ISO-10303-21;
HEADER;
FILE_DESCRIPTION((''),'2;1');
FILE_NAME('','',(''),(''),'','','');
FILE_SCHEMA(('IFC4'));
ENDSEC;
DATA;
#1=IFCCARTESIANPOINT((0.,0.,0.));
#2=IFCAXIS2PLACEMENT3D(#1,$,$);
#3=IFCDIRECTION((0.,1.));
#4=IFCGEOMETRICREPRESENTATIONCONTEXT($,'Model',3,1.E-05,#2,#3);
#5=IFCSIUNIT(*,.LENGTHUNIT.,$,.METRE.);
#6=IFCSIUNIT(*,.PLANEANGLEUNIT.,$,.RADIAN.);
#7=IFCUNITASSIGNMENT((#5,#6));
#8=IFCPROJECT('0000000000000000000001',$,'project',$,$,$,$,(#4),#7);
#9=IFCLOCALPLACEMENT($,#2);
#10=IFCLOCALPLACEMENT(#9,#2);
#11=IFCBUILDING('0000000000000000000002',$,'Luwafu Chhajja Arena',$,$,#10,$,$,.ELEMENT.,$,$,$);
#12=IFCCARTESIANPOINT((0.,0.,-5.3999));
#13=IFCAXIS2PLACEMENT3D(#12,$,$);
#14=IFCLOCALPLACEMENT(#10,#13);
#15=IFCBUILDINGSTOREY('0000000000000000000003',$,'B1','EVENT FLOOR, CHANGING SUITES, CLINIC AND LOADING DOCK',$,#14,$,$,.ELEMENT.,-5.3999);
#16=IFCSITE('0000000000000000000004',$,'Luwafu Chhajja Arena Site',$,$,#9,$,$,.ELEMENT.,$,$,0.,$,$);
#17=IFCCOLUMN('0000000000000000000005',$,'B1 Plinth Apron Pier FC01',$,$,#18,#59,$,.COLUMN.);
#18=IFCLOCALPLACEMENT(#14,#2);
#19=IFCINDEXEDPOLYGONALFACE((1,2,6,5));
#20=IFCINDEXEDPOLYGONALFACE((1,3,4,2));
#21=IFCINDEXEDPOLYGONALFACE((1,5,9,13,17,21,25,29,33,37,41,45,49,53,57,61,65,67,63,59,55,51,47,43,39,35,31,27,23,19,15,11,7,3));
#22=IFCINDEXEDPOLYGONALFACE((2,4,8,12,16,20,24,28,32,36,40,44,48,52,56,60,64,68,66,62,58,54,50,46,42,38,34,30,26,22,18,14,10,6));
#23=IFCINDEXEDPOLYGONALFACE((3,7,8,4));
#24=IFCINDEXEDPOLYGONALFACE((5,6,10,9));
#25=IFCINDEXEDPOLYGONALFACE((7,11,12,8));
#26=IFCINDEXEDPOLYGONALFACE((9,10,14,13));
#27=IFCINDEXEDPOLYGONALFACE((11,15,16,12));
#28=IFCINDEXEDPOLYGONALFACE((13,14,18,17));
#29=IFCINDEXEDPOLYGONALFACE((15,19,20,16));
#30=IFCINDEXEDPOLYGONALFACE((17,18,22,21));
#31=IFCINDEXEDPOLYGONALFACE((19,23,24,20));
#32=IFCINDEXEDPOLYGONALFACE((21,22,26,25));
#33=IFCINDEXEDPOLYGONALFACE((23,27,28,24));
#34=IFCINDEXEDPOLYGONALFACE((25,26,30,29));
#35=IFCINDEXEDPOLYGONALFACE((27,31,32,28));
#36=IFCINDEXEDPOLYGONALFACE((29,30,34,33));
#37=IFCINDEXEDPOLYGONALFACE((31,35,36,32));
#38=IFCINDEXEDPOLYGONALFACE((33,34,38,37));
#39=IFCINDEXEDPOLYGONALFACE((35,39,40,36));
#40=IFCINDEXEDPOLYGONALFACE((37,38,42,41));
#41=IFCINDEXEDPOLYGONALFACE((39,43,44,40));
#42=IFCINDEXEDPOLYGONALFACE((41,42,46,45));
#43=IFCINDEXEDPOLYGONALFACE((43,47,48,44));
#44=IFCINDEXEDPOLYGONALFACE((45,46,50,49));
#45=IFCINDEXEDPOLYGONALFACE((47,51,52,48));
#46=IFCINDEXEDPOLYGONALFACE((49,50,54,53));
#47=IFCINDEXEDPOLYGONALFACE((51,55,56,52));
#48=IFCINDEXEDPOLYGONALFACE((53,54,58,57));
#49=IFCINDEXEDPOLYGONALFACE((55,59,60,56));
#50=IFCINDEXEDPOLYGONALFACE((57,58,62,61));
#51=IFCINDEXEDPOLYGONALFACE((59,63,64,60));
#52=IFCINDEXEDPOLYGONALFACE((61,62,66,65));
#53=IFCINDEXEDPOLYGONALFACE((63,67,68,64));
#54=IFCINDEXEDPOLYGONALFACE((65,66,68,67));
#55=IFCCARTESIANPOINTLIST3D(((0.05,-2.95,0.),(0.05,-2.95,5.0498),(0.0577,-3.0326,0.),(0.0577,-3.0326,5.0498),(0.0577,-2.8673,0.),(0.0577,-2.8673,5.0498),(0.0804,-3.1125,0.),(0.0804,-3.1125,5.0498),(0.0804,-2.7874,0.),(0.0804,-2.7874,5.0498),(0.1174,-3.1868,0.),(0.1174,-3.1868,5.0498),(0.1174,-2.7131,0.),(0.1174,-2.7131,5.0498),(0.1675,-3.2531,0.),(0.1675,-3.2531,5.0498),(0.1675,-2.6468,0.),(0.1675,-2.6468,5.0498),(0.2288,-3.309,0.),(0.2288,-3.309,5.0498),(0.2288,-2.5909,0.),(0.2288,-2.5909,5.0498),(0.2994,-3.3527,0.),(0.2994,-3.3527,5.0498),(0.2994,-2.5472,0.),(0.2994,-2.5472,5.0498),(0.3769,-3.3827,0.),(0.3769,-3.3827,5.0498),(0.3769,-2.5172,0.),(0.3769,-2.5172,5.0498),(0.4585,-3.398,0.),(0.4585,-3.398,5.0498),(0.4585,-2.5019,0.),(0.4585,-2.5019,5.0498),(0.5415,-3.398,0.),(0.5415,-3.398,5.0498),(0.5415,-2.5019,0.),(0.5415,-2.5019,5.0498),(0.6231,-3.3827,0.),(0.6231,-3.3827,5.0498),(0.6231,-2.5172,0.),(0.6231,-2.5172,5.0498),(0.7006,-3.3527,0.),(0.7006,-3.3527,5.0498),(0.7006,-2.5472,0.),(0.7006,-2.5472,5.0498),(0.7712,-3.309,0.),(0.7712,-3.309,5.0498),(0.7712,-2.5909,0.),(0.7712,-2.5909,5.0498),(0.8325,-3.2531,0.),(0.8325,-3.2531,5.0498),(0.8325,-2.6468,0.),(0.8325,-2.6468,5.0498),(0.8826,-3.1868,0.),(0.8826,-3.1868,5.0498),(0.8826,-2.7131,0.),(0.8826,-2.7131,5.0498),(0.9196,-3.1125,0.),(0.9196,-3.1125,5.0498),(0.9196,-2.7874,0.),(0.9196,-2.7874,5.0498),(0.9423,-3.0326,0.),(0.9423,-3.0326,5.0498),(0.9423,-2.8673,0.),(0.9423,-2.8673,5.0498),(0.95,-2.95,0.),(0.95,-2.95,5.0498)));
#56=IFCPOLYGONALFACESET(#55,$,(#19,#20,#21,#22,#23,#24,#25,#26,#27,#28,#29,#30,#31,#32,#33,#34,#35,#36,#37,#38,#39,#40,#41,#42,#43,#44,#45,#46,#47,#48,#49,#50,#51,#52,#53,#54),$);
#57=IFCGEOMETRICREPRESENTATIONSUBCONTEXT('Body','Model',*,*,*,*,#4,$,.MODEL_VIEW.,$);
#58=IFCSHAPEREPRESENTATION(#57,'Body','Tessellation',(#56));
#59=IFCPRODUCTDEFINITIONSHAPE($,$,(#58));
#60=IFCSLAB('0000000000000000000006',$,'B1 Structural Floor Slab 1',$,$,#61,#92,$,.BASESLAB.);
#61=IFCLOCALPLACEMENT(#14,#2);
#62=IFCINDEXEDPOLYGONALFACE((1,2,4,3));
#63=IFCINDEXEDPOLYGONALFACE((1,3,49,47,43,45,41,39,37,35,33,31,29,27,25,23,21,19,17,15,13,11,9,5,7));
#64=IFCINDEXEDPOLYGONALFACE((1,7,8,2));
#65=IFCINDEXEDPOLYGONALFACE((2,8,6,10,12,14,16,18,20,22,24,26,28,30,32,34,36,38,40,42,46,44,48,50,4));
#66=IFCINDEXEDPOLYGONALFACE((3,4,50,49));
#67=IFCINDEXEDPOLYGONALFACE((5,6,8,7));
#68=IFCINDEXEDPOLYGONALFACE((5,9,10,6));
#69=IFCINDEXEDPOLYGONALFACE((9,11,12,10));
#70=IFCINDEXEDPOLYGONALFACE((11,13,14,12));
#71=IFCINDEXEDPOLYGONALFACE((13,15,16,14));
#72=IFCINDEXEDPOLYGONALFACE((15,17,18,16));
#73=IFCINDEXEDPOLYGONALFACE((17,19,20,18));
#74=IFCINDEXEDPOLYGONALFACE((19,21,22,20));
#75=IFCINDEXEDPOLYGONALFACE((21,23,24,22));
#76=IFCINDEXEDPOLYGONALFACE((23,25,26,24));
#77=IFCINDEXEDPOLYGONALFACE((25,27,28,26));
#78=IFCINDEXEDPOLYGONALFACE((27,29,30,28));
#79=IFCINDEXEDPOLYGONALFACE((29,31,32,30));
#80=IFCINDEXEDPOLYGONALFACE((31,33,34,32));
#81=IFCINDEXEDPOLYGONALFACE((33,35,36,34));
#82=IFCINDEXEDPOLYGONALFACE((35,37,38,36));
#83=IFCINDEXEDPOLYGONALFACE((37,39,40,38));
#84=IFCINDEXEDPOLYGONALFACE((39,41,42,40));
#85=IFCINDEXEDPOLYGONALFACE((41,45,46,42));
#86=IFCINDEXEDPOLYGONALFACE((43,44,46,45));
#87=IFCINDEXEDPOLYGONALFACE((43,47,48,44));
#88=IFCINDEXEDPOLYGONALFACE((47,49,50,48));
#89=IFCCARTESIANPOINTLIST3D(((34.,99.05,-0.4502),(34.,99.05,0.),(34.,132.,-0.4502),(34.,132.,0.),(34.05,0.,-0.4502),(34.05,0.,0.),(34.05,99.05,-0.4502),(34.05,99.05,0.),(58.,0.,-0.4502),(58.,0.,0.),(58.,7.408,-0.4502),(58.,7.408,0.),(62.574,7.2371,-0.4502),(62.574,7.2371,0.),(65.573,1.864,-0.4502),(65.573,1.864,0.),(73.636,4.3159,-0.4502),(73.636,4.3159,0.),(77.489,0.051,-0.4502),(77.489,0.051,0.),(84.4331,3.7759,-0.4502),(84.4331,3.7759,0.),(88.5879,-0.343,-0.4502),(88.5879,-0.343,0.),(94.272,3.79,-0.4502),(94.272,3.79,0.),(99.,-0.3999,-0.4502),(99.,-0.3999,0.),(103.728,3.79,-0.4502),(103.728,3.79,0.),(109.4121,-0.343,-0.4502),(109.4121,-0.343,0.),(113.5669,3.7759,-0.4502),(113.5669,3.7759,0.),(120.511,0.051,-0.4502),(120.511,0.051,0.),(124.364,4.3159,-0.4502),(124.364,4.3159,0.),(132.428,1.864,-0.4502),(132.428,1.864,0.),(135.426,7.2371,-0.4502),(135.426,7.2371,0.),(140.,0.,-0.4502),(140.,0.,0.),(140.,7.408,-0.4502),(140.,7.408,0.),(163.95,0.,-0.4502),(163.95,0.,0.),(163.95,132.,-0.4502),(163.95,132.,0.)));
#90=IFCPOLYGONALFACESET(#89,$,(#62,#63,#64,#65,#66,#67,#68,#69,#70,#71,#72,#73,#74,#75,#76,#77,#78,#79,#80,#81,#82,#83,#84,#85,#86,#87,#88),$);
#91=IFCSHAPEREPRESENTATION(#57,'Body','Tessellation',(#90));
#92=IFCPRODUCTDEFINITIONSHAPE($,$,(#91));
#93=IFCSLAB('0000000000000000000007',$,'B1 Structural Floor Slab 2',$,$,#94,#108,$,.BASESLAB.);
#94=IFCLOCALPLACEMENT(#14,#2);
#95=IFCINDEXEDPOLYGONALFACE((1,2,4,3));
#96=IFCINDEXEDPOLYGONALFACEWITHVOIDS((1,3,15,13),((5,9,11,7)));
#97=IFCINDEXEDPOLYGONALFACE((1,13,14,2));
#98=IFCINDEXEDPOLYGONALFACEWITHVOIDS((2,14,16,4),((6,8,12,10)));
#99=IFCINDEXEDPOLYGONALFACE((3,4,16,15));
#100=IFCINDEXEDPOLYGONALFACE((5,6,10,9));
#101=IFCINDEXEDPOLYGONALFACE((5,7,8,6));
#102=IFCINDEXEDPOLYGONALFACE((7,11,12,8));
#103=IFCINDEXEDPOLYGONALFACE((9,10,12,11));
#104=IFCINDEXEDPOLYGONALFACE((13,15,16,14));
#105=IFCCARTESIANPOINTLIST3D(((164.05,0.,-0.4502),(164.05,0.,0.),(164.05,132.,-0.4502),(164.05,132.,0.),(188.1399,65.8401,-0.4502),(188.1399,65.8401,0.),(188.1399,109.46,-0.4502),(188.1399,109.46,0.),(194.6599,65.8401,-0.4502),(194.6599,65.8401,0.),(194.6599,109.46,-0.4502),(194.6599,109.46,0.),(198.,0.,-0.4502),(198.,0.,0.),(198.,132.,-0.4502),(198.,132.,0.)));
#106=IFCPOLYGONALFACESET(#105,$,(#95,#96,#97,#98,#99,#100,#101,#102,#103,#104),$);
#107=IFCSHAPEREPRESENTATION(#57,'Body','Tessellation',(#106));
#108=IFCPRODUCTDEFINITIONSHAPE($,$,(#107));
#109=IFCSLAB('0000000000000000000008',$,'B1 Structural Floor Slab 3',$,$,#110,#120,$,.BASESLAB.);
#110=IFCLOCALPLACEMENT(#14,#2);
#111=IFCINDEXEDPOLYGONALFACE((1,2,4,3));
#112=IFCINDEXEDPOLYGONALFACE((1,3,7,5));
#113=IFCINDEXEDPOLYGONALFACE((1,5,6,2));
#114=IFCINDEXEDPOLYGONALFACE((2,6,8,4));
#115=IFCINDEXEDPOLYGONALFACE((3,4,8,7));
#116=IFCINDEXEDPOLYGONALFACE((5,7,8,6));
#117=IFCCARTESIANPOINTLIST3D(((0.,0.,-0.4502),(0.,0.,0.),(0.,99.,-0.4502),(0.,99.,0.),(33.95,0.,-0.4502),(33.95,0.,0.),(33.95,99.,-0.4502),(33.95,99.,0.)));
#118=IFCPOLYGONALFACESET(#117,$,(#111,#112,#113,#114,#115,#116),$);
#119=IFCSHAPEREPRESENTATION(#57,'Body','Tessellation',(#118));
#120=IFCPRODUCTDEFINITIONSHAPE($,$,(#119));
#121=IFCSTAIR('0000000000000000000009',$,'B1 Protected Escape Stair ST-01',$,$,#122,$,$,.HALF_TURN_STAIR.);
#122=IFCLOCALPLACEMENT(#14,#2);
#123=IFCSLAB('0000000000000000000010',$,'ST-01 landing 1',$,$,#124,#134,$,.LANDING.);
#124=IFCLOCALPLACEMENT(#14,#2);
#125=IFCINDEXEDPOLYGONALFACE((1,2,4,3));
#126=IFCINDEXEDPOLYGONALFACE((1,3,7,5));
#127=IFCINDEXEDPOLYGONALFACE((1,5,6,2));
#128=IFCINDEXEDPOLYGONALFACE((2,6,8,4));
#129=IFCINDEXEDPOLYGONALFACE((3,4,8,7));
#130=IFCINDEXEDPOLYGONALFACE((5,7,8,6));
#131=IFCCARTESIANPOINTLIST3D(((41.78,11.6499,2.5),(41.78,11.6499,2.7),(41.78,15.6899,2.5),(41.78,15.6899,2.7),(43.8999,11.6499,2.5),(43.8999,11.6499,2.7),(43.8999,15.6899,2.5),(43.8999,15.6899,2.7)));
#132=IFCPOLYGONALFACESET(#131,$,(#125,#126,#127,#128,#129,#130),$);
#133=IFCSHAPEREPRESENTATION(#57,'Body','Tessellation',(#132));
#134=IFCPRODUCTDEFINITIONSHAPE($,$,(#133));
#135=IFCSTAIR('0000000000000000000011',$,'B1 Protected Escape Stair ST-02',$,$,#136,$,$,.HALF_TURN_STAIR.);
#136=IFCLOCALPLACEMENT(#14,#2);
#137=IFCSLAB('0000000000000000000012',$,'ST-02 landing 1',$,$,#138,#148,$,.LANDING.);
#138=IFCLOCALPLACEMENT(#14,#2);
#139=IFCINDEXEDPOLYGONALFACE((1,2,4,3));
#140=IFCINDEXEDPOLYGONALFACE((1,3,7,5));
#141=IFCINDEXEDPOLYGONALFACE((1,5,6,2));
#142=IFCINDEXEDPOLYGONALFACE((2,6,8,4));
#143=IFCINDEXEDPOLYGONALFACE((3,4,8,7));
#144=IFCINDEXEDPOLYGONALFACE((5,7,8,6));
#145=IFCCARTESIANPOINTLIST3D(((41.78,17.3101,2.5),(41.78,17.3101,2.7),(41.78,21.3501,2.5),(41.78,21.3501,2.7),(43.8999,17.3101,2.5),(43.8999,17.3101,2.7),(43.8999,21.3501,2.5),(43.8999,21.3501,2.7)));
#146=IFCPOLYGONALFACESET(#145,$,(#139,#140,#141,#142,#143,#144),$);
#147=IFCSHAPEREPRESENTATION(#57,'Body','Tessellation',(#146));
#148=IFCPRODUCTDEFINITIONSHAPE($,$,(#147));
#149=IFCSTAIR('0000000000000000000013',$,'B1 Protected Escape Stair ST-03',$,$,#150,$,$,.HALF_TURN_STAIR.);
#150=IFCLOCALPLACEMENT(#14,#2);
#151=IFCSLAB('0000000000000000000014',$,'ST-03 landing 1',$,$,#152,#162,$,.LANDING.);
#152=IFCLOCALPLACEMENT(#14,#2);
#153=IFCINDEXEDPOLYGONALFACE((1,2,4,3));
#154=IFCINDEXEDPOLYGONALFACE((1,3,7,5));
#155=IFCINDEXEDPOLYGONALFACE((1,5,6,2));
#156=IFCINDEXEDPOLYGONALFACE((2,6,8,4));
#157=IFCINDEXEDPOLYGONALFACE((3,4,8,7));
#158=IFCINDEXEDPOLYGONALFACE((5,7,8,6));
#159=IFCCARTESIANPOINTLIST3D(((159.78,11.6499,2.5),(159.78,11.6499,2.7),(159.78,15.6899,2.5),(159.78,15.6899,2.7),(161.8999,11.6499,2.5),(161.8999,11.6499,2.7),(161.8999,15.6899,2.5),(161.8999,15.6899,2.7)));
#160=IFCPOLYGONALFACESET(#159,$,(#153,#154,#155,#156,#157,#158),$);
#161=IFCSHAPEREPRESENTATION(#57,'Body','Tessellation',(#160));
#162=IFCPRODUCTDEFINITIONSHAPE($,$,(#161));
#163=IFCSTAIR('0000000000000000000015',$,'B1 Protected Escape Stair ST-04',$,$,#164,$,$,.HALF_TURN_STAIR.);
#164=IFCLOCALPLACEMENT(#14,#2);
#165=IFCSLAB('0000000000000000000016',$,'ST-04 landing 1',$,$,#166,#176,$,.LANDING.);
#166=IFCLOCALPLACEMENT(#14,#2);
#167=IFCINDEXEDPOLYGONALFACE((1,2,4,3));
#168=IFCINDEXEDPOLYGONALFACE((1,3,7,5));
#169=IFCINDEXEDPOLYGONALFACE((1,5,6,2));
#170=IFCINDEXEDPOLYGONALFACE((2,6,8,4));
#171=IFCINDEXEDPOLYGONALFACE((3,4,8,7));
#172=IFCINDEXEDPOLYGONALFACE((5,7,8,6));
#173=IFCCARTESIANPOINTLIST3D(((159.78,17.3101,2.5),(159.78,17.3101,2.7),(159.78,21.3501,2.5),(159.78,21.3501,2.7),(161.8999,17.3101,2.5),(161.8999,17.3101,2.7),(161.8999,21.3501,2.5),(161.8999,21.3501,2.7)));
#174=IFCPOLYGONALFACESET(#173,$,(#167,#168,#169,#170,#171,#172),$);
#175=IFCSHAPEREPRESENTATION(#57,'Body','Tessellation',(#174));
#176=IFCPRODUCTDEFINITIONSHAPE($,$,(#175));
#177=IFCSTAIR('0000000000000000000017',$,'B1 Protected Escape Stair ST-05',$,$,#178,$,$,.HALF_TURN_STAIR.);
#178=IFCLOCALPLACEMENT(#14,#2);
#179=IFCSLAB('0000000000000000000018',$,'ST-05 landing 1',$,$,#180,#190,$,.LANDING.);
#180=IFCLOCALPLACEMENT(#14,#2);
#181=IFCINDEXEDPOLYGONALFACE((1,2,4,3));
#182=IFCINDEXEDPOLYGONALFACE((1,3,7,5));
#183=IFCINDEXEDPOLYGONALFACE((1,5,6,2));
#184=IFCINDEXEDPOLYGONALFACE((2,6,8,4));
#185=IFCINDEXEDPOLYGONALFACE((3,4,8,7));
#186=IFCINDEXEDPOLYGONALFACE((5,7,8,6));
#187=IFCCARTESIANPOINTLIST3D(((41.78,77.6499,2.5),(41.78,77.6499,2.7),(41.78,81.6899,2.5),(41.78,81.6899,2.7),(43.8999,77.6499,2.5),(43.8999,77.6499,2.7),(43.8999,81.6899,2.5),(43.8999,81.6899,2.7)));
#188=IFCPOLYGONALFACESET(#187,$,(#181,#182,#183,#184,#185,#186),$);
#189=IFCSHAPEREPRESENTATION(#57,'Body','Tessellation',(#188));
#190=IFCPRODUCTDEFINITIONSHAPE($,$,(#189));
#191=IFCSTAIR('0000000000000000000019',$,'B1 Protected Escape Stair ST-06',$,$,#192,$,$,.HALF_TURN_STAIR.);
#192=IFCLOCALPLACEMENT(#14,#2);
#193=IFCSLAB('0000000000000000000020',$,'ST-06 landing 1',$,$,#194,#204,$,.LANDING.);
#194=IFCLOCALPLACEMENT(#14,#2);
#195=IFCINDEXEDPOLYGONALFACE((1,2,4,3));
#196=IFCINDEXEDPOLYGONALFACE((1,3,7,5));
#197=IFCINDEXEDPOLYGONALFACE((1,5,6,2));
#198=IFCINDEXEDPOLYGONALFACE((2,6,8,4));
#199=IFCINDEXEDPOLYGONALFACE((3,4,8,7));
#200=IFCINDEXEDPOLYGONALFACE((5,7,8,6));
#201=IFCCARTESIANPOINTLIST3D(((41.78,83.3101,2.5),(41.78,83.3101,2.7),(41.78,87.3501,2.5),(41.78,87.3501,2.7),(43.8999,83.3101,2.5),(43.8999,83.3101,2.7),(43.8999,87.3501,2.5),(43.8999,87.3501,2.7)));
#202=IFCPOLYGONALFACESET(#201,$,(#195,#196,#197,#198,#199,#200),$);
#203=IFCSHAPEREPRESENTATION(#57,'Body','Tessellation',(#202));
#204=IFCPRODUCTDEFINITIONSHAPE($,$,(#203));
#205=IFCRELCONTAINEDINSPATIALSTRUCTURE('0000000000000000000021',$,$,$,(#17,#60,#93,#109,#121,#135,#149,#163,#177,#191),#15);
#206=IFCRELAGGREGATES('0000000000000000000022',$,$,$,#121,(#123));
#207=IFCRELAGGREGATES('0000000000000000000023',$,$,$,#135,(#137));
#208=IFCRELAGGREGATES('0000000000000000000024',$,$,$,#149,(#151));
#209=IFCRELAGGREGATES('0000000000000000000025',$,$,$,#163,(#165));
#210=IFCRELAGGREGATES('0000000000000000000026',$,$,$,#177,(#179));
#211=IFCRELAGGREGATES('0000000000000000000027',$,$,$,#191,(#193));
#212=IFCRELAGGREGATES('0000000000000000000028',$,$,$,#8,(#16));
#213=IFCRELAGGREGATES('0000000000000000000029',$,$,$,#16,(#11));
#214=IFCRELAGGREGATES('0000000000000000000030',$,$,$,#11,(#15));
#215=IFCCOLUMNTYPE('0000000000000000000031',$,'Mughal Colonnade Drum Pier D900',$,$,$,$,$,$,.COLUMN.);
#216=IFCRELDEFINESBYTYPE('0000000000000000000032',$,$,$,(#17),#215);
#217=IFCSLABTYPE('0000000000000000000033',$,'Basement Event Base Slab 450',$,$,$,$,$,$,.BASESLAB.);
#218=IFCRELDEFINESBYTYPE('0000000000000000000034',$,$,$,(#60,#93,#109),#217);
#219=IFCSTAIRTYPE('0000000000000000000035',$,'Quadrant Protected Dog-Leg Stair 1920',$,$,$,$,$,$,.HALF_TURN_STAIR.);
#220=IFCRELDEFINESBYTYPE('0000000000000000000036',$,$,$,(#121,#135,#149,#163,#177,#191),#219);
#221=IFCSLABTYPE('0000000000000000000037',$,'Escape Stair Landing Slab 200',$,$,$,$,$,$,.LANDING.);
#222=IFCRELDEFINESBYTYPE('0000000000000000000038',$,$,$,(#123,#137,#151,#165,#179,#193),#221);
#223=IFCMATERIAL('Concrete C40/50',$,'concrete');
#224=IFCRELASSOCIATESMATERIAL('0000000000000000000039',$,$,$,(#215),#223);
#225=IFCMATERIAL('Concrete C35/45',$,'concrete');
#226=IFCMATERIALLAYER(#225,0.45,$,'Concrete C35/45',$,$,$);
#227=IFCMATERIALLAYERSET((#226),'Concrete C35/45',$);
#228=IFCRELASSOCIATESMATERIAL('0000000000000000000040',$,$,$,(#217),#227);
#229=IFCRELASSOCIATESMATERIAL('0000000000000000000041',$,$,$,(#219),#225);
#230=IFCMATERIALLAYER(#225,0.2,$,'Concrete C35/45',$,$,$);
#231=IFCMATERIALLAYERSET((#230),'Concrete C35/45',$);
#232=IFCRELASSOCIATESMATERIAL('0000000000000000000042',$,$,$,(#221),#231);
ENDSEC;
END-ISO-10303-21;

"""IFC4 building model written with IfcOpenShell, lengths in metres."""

from ifc_helpers import new_model, si_unit, direction, frame, origin, origin_2d, place, context, subcontext, project, spatial, polyline, circle, outline, extrude, material, layer, layer_set, material_profile, profile_set, type_object, element, aggregate, save


model = new_model("IFC4")

# Units and contexts
model_context = context("Model", 3, precision=1e-05, world=origin(), true_north=direction((0.0, 1.0)))
body_context = subcontext(model_context, "Body", "Model", "MODEL_VIEW")
ifc_project = project(units=[si_unit("LENGTHUNIT", "METRE"), si_unit("PLANEANGLEUNIT", "RADIAN")], contexts=[model_context])

# Site, building, storey
site_placement = place(None, origin())
site = spatial("IfcSite", under=ifc_project, at=site_placement, Name="Luwafu Chhajja Arena Site", CompositionType="ELEMENT", RefElevation=0.0)
building_placement = place(site_placement, origin())
building = spatial("IfcBuilding", under=site, at=building_placement, Name="Luwafu Chhajja Arena", CompositionType="ELEMENT")
storey_placement = place(building_placement, frame((0.0, 0.0, -5.3999)))
storey = spatial("IfcBuildingStorey", under=building, at=storey_placement, Name="B1", Description="EVENT FLOOR, CHANGING SUITES, CLINIC AND LOADING DOCK", CompositionType="ELEMENT", Elevation=-5.3999)

# Shared definitions
ifc_material_1 = material(Name="Concrete C35/45", Category="concrete")

# Column
ifc_material_2 = material(Name="Concrete C40/50", Category="concrete")
ifc_material_profile_1 = material_profile(ifc_material_2, circle(Radius=0.45, at=origin_2d()), Name="RC COL D900")
ifc_profile_set_1 = profile_set([ifc_material_profile_1], Name="Concrete C40/50")
column_type = type_object("IfcColumnType", Name="Mughal Colonnade Drum Pier D900", PredefinedType="COLUMN", material=ifc_profile_set_1)
column_1_placement = place(storey_placement, frame((0.5, -2.95, 0.0), z_axis=(0.0, 0.0, 1.0), x_axis=(1.0, 0.0, 0.0)))
element("IfcColumn", 1, at=column_1_placement, inside=storey, type_object=column_type, Name="B1 Plinth Apron Pier FC01", PredefinedType="COLUMN", context=body_context, shape_type="SweptSolid", body=[
    extrude(circle(Radius=0.45, at=origin_2d()), origin(), (0.0, 0.0, 1.0), 5.0498),
])

# Slabs
ifc_layer_1 = layer(ifc_material_1, 0.45, Name="Concrete C35/45")
ifc_layer_set_1 = layer_set([ifc_layer_1], Name="Concrete C35/45")
slab_type_1 = type_object("IfcSlabType", Name="Basement Event Base Slab 450", PredefinedType="BASESLAB", material=ifc_layer_set_1)
slab_1_placement = place(storey_placement, frame((0.0, 0.0, -0.4502)))
element("IfcSlab", 2, at=slab_1_placement, inside=storey, type_object=slab_type_1, Name="B1 Structural Floor Slab 1", PredefinedType="BASESLAB", context=body_context, shape_type="SweptSolid", body=[
    extrude(outline(polyline([(120.511, 0.051), (113.5669, 3.7759), (109.4121, -0.343), (103.728, 3.79), (99.0, -0.3999), (94.272, 3.79), (88.5879, -0.343), (84.4331, 3.7759), (77.489, 0.051), (73.636, 4.3159), (65.573, 1.864), (62.574, 7.2371), (58.0, 7.408), (58.0, 0.0), (34.05, 0.0), (34.05, 99.05), (34.0, 99.05), (34.0, 132.0), (163.95, 132.0), (163.95, 0.0), (140.0, 0.0), (140.0, 7.408), (135.426, 7.2371), (132.428, 1.864), (124.364, 4.3159), (120.511, 0.051)])), origin(), (0.0, 0.0, 1.0), 0.4502),
])
slab_2_placement = place(storey_placement, frame((0.0, 0.0, -0.4502)))
element("IfcSlab", 3, at=slab_2_placement, inside=storey, type_object=slab_type_1, Name="B1 Structural Floor Slab 2", PredefinedType="BASESLAB", context=body_context, shape_type="SweptSolid", body=[
    extrude(outline(polyline([(198.0, 0.0), (164.05, 0.0), (164.05, 132.0), (198.0, 132.0), (198.0, 0.0)]), holes=[polyline([(194.6599, 109.46), (188.1399, 109.46), (188.1399, 65.8401), (194.6599, 65.8401), (194.6599, 109.46)])]), origin(), (0.0, 0.0, 1.0), 0.4502),
])
slab_3_placement = place(storey_placement, frame((0.0, 0.0, -0.4502)))
element("IfcSlab", 4, at=slab_3_placement, inside=storey, type_object=slab_type_1, Name="B1 Structural Floor Slab 3", PredefinedType="BASESLAB", context=body_context, shape_type="SweptSolid", body=[
    extrude(outline(polyline([(0.0, 99.0), (33.95, 99.0), (33.95, 0.0), (0.0, 0.0), (0.0, 99.0)])), origin(), (0.0, 0.0, 1.0), 0.4502),
])

# Stairs, slabs
stair_type_1 = type_object("IfcStairType", Name="Quadrant Protected Dog-Leg Stair 1920", PredefinedType="HALF_TURN_STAIR", material=ifc_material_1)
stair_1_placement = place(storey_placement, origin())
stair_1 = element("IfcStair", 5, at=stair_1_placement, inside=storey, type_object=stair_type_1, Name="B1 Protected Escape Stair ST-01", PredefinedType="HALF_TURN_STAIR")
ifc_layer_2 = layer(ifc_material_1, 0.2, Name="Concrete C35/45")
ifc_layer_set_2 = layer_set([ifc_layer_2], Name="Concrete C35/45")
slab_type_2 = type_object("IfcSlabType", Name="Escape Stair Landing Slab 200", PredefinedType="LANDING", material=ifc_layer_set_2)
slab_4_placement = place(storey_placement, frame((0.0, 0.0, 2.5)))
slab_4 = element("IfcSlab", 6, at=slab_4_placement, type_object=slab_type_2, Name="ST-01 landing 1", PredefinedType="LANDING", context=body_context, shape_type="SweptSolid", body=[
    extrude(outline(polyline([(41.78, 11.6499), (43.8999, 11.6499), (43.8999, 15.6899), (41.78, 15.6899), (41.78, 11.6499)])), origin(), (0.0, 0.0, 1.0), 0.2),
])
aggregate(stair_1, [slab_4])
stair_2_placement = place(storey_placement, origin())
stair_2 = element("IfcStair", 7, at=stair_2_placement, inside=storey, type_object=stair_type_1, Name="B1 Protected Escape Stair ST-02", PredefinedType="HALF_TURN_STAIR")
slab_5_placement = place(storey_placement, frame((0.0, 0.0, 2.5)))
slab_5 = element("IfcSlab", 8, at=slab_5_placement, type_object=slab_type_2, Name="ST-02 landing 1", PredefinedType="LANDING", context=body_context, shape_type="SweptSolid", body=[
    extrude(outline(polyline([(41.78, 17.3101), (43.8999, 17.3101), (43.8999, 21.3501), (41.78, 21.3501), (41.78, 17.3101)])), origin(), (0.0, 0.0, 1.0), 0.2),
])
aggregate(stair_2, [slab_5])
stair_3_placement = place(storey_placement, origin())
stair_3 = element("IfcStair", 9, at=stair_3_placement, inside=storey, type_object=stair_type_1, Name="B1 Protected Escape Stair ST-03", PredefinedType="HALF_TURN_STAIR")
slab_6_placement = place(storey_placement, frame((0.0, 0.0, 2.5)))
slab_6 = element("IfcSlab", 10, at=slab_6_placement, type_object=slab_type_2, Name="ST-03 landing 1", PredefinedType="LANDING", context=body_context, shape_type="SweptSolid", body=[
    extrude(outline(polyline([(159.78, 11.6499), (161.8999, 11.6499), (161.8999, 15.6899), (159.78, 15.6899), (159.78, 11.6499)])), origin(), (0.0, 0.0, 1.0), 0.2),
])
aggregate(stair_3, [slab_6])
stair_4_placement = place(storey_placement, origin())
stair_4 = element("IfcStair", 11, at=stair_4_placement, inside=storey, type_object=stair_type_1, Name="B1 Protected Escape Stair ST-04", PredefinedType="HALF_TURN_STAIR")
slab_7_placement = place(storey_placement, frame((0.0, 0.0, 2.5)))
slab_7 = element("IfcSlab", 12, at=slab_7_placement, type_object=slab_type_2, Name="ST-04 landing 1", PredefinedType="LANDING", context=body_context, shape_type="SweptSolid", body=[
    extrude(outline(polyline([(159.78, 17.3101), (161.8999, 17.3101), (161.8999, 21.3501), (159.78, 21.3501), (159.78, 17.3101)])), origin(), (0.0, 0.0, 1.0), 0.2),
])
aggregate(stair_4, [slab_7])
stair_5_placement = place(storey_placement, origin())
stair_5 = element("IfcStair", 13, at=stair_5_placement, inside=storey, type_object=stair_type_1, Name="B1 Protected Escape Stair ST-05", PredefinedType="HALF_TURN_STAIR")
slab_8_placement = place(storey_placement, frame((0.0, 0.0, 2.5)))
slab_8 = element("IfcSlab", 14, at=slab_8_placement, type_object=slab_type_2, Name="ST-05 landing 1", PredefinedType="LANDING", context=body_context, shape_type="SweptSolid", body=[
    extrude(outline(polyline([(41.78, 77.6499), (43.8999, 77.6499), (43.8999, 81.6899), (41.78, 81.6899), (41.78, 77.6499)])), origin(), (0.0, 0.0, 1.0), 0.2),
])
aggregate(stair_5, [slab_8])
stair_6_placement = place(storey_placement, origin())
stair_6 = element("IfcStair", 15, at=stair_6_placement, inside=storey, type_object=stair_type_1, Name="B1 Protected Escape Stair ST-06", PredefinedType="HALF_TURN_STAIR")
slab_9_placement = place(storey_placement, frame((0.0, 0.0, 2.5)))
slab_9 = element("IfcSlab", 16, at=slab_9_placement, type_object=slab_type_2, Name="ST-06 landing 1", PredefinedType="LANDING", context=body_context, shape_type="SweptSolid", body=[
    extrude(outline(polyline([(41.78, 83.3101), (43.8999, 83.3101), (43.8999, 87.3501), (41.78, 87.3501), (41.78, 83.3101)])), origin(), (0.0, 0.0, 1.0), 0.2),
])
aggregate(stair_6, [slab_9])

save(model, "model.ifc")
